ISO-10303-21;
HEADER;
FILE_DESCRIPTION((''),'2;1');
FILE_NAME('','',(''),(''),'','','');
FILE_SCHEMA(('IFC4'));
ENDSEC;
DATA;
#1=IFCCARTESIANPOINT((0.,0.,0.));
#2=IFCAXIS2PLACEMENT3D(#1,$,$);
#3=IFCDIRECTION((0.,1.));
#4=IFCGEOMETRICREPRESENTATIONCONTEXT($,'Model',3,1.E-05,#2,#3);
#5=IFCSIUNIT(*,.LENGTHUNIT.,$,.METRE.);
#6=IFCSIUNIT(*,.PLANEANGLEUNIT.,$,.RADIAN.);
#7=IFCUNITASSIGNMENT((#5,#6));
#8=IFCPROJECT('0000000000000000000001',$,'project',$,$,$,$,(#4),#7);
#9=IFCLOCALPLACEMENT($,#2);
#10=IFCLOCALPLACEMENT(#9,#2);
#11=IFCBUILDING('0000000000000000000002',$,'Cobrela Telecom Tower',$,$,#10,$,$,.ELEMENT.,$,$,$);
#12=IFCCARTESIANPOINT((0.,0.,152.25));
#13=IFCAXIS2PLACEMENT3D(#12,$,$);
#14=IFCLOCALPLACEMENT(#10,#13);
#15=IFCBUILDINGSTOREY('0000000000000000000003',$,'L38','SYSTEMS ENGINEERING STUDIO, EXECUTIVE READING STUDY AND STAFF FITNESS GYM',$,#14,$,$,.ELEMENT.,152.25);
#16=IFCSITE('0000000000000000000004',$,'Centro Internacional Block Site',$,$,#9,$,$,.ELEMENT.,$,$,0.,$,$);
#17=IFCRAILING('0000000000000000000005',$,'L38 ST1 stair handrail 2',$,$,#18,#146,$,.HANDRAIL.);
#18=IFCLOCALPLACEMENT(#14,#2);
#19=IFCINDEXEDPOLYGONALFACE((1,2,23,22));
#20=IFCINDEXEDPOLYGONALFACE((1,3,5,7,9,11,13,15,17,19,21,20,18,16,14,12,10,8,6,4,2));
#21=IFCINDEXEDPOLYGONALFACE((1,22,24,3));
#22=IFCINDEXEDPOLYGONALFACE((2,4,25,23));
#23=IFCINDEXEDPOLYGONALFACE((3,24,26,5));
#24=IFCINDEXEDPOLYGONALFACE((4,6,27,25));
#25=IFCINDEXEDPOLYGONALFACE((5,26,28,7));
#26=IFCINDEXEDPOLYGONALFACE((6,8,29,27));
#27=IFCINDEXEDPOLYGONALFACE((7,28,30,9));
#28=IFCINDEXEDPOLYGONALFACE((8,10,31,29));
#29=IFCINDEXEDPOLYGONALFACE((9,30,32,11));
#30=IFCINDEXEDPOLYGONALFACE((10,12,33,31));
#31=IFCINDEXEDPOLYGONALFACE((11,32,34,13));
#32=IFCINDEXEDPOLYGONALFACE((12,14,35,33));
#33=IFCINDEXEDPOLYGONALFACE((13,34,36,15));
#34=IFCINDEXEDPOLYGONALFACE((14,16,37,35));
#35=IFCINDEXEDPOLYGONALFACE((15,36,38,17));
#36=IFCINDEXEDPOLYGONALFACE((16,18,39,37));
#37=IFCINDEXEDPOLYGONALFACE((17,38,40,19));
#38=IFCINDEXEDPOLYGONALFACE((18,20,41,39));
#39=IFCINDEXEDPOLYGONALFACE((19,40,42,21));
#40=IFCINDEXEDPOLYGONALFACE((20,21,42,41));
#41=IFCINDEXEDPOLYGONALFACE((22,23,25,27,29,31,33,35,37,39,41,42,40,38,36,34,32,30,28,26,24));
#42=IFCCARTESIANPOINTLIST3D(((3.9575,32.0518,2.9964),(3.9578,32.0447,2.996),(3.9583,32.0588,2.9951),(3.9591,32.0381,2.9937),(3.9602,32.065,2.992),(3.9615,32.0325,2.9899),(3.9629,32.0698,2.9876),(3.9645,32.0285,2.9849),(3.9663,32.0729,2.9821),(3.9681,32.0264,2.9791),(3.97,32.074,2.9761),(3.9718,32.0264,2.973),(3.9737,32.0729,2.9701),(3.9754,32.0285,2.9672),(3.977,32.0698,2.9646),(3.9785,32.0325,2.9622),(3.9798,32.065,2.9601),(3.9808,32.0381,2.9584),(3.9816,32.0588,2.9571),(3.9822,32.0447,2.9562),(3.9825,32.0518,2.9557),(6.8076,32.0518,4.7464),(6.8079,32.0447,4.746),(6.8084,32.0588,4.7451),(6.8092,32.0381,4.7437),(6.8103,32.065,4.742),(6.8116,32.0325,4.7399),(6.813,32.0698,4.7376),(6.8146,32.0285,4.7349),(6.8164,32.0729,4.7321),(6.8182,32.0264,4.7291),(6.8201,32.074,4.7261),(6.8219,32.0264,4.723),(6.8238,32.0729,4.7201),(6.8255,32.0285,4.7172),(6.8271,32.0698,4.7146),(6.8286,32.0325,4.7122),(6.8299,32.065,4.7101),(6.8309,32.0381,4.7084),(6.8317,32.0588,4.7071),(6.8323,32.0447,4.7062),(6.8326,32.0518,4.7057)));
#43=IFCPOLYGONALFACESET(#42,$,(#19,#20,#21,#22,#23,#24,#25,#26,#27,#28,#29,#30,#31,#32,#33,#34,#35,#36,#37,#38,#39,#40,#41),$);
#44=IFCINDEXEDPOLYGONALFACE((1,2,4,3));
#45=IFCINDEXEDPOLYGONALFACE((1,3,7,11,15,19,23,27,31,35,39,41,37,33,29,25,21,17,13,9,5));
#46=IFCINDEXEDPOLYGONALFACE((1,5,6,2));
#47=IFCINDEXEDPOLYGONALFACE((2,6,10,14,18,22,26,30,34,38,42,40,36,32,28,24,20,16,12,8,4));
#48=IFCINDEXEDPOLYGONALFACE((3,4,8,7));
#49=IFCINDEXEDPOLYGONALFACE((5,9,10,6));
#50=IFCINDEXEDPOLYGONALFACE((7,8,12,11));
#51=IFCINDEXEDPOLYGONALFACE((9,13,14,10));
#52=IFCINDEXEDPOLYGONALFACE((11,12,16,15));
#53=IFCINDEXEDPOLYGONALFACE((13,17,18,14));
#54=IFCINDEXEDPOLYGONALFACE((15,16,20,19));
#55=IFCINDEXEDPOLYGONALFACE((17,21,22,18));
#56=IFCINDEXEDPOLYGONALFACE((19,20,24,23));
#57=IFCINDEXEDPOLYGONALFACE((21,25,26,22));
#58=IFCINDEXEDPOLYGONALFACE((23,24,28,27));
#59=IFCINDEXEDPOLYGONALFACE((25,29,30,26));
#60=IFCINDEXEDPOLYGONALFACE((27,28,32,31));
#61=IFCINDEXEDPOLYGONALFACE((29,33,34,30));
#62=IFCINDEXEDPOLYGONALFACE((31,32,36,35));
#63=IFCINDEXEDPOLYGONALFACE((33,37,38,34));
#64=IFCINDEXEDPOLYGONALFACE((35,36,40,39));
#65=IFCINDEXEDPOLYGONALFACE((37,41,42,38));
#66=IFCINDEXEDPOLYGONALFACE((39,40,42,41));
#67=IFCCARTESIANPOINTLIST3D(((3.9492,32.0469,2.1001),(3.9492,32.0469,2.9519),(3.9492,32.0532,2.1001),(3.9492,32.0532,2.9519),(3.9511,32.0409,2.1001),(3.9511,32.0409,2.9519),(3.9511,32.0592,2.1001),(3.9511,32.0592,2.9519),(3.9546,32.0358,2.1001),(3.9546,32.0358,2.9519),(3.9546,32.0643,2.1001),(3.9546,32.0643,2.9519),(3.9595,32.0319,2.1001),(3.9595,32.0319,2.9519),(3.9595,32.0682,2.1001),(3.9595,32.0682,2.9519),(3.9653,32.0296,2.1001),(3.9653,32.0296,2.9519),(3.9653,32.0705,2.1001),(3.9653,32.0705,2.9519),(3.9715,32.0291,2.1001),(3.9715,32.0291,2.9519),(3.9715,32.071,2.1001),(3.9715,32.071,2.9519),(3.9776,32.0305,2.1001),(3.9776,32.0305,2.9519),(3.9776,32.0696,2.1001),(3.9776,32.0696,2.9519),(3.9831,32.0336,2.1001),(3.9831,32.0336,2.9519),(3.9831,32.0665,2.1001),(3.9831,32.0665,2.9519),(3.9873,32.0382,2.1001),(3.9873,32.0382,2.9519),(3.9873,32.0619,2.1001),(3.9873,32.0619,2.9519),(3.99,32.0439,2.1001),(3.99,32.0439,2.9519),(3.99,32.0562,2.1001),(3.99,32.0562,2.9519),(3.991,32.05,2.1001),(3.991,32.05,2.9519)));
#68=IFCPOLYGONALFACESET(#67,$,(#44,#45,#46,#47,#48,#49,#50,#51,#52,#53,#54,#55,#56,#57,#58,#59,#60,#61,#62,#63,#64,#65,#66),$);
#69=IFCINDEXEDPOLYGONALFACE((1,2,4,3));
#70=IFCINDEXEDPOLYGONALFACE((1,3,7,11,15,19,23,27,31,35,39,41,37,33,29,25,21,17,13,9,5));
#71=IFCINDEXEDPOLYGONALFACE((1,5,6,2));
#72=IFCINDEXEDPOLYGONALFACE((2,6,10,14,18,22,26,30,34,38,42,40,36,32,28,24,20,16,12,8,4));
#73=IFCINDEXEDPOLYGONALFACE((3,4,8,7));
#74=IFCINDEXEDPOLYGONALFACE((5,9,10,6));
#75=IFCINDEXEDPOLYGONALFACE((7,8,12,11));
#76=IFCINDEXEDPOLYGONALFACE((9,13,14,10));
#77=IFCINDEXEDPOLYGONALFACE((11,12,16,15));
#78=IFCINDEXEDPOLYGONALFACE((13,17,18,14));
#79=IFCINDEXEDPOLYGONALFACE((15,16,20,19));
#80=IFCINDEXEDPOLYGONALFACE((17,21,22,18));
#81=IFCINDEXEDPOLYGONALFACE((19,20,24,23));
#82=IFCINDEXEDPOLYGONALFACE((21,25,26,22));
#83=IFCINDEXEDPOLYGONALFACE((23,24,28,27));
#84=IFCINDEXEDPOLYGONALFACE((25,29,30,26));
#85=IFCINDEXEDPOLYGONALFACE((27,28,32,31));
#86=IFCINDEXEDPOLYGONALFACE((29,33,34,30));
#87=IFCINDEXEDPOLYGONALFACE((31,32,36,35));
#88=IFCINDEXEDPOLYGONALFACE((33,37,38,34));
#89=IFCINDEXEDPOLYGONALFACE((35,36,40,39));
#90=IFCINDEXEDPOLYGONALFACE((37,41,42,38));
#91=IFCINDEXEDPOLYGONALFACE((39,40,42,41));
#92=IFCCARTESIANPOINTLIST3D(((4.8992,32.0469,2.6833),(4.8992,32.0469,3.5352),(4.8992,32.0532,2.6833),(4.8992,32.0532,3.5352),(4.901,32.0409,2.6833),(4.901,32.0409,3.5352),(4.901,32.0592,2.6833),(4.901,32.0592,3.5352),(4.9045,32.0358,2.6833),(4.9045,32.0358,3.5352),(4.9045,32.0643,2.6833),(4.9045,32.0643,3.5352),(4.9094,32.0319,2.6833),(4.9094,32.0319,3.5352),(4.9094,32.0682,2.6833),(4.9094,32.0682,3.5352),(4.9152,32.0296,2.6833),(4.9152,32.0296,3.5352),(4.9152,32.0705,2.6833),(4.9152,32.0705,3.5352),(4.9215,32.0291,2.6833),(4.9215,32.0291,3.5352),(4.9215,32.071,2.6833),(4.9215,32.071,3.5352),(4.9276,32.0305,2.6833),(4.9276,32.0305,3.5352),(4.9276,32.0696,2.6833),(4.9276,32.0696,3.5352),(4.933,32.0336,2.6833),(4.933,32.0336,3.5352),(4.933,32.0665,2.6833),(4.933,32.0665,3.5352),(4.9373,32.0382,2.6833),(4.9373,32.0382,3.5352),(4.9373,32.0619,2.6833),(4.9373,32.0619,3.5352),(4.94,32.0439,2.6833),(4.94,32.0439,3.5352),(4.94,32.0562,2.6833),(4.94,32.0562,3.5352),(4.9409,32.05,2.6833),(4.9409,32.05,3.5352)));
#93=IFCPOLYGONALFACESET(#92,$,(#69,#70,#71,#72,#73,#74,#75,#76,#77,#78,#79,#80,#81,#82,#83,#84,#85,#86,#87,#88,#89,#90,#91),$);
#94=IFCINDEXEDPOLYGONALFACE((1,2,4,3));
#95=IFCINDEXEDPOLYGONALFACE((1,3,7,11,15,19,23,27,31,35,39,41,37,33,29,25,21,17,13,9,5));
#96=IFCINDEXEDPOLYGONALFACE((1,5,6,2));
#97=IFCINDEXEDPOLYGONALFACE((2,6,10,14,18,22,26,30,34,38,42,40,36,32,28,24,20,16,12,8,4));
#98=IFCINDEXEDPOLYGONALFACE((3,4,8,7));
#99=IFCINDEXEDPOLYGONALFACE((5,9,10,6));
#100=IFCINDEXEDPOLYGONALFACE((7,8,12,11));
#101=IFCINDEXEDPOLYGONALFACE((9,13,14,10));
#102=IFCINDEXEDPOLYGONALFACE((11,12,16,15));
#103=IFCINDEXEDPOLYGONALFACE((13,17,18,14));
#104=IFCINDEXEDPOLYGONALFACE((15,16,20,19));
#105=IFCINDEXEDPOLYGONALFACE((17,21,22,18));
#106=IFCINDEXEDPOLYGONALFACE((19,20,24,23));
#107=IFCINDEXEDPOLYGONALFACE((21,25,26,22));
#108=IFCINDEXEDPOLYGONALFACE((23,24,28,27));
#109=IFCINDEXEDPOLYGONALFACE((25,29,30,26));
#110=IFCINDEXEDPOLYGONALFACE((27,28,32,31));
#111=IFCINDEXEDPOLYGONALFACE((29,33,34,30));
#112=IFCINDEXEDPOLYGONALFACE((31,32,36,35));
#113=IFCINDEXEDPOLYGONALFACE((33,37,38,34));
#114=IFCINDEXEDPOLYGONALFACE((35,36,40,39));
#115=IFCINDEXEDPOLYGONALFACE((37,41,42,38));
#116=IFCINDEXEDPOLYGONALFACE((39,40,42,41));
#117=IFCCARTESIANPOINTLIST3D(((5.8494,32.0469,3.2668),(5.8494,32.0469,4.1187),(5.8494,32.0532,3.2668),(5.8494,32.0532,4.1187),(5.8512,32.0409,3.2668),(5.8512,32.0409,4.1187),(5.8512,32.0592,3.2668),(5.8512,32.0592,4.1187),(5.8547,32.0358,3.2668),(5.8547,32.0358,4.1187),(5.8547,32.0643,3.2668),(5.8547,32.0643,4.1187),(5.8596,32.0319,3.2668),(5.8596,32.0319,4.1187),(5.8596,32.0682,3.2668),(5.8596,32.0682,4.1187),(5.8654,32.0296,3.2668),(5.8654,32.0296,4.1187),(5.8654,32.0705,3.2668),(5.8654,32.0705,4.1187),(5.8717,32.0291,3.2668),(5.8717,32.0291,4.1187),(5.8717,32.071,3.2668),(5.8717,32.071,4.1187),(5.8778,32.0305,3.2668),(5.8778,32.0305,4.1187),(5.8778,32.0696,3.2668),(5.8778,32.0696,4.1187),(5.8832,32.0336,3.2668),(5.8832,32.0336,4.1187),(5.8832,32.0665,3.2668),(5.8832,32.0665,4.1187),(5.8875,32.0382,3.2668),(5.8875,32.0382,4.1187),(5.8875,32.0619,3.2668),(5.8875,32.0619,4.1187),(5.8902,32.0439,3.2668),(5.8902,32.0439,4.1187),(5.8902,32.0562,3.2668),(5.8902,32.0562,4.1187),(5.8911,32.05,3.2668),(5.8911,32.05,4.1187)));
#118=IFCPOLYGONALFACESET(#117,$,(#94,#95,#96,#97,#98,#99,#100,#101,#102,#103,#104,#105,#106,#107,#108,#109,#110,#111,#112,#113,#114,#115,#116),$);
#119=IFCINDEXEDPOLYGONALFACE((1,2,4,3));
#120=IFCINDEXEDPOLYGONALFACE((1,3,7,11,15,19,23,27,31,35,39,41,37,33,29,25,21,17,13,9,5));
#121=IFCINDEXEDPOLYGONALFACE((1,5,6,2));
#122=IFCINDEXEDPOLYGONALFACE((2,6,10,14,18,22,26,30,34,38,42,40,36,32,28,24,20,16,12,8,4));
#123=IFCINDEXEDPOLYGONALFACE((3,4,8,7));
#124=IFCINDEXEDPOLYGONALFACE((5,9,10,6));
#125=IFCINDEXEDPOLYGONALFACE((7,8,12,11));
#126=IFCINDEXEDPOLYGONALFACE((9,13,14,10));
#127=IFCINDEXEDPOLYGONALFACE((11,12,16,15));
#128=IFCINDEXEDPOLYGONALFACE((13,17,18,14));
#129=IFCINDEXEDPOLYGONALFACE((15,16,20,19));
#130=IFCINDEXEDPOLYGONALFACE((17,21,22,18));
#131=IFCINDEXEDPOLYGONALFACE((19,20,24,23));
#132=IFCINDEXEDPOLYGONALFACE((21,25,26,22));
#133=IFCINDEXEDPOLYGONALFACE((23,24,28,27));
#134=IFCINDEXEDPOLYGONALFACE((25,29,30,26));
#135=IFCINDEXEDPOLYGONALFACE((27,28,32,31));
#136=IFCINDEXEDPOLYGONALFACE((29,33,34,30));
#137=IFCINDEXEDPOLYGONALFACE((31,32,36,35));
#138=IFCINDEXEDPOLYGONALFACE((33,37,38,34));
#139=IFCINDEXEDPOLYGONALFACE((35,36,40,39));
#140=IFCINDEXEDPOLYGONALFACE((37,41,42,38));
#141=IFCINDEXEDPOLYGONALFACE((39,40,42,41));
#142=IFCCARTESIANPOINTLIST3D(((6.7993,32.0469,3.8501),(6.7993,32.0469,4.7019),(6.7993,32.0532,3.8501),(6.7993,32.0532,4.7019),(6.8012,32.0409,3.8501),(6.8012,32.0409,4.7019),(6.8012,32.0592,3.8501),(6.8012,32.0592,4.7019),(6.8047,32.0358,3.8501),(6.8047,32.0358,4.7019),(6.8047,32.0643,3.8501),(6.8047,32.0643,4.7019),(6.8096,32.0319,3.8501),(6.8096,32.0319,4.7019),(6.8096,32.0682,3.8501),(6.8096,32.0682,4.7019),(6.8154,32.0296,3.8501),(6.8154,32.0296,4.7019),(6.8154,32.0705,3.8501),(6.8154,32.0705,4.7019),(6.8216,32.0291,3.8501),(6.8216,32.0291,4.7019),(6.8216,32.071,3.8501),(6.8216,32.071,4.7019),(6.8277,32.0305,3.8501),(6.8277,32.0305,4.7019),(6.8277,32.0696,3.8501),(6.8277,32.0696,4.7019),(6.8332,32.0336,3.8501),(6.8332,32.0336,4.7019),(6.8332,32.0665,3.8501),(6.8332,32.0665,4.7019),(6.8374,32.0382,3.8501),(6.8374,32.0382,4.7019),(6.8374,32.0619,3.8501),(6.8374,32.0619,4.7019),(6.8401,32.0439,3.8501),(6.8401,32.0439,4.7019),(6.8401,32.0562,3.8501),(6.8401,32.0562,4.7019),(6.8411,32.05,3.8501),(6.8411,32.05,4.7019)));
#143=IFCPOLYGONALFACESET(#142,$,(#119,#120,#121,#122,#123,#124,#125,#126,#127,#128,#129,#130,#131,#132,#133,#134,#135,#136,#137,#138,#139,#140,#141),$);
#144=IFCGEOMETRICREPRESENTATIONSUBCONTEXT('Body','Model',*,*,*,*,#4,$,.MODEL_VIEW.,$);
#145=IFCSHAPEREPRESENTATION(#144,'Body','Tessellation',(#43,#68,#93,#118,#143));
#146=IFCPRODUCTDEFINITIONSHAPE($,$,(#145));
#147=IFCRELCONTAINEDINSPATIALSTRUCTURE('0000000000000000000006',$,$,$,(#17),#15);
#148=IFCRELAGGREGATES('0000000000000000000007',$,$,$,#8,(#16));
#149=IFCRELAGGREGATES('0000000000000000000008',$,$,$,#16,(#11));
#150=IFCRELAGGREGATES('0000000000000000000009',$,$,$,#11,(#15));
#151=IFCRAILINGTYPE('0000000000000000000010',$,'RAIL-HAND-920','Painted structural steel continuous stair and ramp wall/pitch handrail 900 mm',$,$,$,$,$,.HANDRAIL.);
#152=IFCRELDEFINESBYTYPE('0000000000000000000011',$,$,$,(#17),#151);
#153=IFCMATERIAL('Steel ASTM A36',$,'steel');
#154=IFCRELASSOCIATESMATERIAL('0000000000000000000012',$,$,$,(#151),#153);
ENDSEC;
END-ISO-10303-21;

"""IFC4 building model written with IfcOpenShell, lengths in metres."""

from ifc_helpers import new_model, si_unit, direction, frame, origin, origin_2d, place, context, subcontext, project, spatial, circle, extrude, material, type_object, element, save


model = new_model("IFC4")

# Units and contexts
model_context = context("Model", 3, precision=1e-05, world=origin(), true_north=direction((0.0, 1.0)))
body_context = subcontext(model_context, "Body", "Model", "MODEL_VIEW")
ifc_project = project(units=[si_unit("LENGTHUNIT", "METRE"), si_unit("PLANEANGLEUNIT", "RADIAN")], contexts=[model_context])

# Site, building, storey
site_placement = place(None, origin())
site = spatial("IfcSite", under=ifc_project, at=site_placement, Name="Centro Internacional Block Site", CompositionType="ELEMENT", RefElevation=0.0)
building_placement = place(site_placement, origin())
building = spatial("IfcBuilding", under=site, at=building_placement, Name="Cobrela Telecom Tower", CompositionType="ELEMENT")
storey_placement = place(building_placement, frame((0.0, 0.0, 152.25)))
storey = spatial("IfcBuildingStorey", under=building, at=storey_placement, Name="L38", Description="SYSTEMS ENGINEERING STUDIO, EXECUTIVE READING STUDY AND STAFF FITNESS GYM", CompositionType="ELEMENT", Elevation=152.25)

# Shared definitions
ifc_material_1 = material(Name="Steel ASTM A36", Category="steel")

# Railing
railing_type_1 = type_object("IfcRailingType", Name="RAIL-HAND-920", Description="Painted structural steel continuous stair and ramp wall/pitch handrail 900 mm", PredefinedType="HANDRAIL", material=ifc_material_1)
railing_1_placement = place(storey_placement, frame((3.97, 32.05, 2.1001)))
element("IfcRailing", 1, at=railing_1_placement, inside=storey, type_object=railing_type_1, Name="L38 ST1 stair handrail 2", PredefinedType="HANDRAIL", context=body_context, shape_type="SweptSolid", body=[
    extrude(circle(Radius=0.0239, at=origin_2d()), frame((0.0, 0.0, 0.876), z_axis=(0.852179, 0.0, 0.52325), x_axis=(0.0, 1.0, 0.0)), (0.0, 0.0, 1.0), 3.3445),
    extrude(circle(Radius=0.021, at=origin_2d()), origin(), (0.0, 0.0, 1.0), 0.8518),
    extrude(circle(Radius=0.021, at=origin_2d()), frame((0.95, 0.0, 0.5833)), (0.0, 0.0, 1.0), 0.8518),
    extrude(circle(Radius=0.021, at=origin_2d()), frame((1.9001, 0.0, 1.1667)), (0.0, 0.0, 1.0), 0.8518),
    extrude(circle(Radius=0.021, at=origin_2d()), frame((2.8501, 0.0, 1.75)), (0.0, 0.0, 1.0), 0.8518),
])

save(model, "model.ifc")
